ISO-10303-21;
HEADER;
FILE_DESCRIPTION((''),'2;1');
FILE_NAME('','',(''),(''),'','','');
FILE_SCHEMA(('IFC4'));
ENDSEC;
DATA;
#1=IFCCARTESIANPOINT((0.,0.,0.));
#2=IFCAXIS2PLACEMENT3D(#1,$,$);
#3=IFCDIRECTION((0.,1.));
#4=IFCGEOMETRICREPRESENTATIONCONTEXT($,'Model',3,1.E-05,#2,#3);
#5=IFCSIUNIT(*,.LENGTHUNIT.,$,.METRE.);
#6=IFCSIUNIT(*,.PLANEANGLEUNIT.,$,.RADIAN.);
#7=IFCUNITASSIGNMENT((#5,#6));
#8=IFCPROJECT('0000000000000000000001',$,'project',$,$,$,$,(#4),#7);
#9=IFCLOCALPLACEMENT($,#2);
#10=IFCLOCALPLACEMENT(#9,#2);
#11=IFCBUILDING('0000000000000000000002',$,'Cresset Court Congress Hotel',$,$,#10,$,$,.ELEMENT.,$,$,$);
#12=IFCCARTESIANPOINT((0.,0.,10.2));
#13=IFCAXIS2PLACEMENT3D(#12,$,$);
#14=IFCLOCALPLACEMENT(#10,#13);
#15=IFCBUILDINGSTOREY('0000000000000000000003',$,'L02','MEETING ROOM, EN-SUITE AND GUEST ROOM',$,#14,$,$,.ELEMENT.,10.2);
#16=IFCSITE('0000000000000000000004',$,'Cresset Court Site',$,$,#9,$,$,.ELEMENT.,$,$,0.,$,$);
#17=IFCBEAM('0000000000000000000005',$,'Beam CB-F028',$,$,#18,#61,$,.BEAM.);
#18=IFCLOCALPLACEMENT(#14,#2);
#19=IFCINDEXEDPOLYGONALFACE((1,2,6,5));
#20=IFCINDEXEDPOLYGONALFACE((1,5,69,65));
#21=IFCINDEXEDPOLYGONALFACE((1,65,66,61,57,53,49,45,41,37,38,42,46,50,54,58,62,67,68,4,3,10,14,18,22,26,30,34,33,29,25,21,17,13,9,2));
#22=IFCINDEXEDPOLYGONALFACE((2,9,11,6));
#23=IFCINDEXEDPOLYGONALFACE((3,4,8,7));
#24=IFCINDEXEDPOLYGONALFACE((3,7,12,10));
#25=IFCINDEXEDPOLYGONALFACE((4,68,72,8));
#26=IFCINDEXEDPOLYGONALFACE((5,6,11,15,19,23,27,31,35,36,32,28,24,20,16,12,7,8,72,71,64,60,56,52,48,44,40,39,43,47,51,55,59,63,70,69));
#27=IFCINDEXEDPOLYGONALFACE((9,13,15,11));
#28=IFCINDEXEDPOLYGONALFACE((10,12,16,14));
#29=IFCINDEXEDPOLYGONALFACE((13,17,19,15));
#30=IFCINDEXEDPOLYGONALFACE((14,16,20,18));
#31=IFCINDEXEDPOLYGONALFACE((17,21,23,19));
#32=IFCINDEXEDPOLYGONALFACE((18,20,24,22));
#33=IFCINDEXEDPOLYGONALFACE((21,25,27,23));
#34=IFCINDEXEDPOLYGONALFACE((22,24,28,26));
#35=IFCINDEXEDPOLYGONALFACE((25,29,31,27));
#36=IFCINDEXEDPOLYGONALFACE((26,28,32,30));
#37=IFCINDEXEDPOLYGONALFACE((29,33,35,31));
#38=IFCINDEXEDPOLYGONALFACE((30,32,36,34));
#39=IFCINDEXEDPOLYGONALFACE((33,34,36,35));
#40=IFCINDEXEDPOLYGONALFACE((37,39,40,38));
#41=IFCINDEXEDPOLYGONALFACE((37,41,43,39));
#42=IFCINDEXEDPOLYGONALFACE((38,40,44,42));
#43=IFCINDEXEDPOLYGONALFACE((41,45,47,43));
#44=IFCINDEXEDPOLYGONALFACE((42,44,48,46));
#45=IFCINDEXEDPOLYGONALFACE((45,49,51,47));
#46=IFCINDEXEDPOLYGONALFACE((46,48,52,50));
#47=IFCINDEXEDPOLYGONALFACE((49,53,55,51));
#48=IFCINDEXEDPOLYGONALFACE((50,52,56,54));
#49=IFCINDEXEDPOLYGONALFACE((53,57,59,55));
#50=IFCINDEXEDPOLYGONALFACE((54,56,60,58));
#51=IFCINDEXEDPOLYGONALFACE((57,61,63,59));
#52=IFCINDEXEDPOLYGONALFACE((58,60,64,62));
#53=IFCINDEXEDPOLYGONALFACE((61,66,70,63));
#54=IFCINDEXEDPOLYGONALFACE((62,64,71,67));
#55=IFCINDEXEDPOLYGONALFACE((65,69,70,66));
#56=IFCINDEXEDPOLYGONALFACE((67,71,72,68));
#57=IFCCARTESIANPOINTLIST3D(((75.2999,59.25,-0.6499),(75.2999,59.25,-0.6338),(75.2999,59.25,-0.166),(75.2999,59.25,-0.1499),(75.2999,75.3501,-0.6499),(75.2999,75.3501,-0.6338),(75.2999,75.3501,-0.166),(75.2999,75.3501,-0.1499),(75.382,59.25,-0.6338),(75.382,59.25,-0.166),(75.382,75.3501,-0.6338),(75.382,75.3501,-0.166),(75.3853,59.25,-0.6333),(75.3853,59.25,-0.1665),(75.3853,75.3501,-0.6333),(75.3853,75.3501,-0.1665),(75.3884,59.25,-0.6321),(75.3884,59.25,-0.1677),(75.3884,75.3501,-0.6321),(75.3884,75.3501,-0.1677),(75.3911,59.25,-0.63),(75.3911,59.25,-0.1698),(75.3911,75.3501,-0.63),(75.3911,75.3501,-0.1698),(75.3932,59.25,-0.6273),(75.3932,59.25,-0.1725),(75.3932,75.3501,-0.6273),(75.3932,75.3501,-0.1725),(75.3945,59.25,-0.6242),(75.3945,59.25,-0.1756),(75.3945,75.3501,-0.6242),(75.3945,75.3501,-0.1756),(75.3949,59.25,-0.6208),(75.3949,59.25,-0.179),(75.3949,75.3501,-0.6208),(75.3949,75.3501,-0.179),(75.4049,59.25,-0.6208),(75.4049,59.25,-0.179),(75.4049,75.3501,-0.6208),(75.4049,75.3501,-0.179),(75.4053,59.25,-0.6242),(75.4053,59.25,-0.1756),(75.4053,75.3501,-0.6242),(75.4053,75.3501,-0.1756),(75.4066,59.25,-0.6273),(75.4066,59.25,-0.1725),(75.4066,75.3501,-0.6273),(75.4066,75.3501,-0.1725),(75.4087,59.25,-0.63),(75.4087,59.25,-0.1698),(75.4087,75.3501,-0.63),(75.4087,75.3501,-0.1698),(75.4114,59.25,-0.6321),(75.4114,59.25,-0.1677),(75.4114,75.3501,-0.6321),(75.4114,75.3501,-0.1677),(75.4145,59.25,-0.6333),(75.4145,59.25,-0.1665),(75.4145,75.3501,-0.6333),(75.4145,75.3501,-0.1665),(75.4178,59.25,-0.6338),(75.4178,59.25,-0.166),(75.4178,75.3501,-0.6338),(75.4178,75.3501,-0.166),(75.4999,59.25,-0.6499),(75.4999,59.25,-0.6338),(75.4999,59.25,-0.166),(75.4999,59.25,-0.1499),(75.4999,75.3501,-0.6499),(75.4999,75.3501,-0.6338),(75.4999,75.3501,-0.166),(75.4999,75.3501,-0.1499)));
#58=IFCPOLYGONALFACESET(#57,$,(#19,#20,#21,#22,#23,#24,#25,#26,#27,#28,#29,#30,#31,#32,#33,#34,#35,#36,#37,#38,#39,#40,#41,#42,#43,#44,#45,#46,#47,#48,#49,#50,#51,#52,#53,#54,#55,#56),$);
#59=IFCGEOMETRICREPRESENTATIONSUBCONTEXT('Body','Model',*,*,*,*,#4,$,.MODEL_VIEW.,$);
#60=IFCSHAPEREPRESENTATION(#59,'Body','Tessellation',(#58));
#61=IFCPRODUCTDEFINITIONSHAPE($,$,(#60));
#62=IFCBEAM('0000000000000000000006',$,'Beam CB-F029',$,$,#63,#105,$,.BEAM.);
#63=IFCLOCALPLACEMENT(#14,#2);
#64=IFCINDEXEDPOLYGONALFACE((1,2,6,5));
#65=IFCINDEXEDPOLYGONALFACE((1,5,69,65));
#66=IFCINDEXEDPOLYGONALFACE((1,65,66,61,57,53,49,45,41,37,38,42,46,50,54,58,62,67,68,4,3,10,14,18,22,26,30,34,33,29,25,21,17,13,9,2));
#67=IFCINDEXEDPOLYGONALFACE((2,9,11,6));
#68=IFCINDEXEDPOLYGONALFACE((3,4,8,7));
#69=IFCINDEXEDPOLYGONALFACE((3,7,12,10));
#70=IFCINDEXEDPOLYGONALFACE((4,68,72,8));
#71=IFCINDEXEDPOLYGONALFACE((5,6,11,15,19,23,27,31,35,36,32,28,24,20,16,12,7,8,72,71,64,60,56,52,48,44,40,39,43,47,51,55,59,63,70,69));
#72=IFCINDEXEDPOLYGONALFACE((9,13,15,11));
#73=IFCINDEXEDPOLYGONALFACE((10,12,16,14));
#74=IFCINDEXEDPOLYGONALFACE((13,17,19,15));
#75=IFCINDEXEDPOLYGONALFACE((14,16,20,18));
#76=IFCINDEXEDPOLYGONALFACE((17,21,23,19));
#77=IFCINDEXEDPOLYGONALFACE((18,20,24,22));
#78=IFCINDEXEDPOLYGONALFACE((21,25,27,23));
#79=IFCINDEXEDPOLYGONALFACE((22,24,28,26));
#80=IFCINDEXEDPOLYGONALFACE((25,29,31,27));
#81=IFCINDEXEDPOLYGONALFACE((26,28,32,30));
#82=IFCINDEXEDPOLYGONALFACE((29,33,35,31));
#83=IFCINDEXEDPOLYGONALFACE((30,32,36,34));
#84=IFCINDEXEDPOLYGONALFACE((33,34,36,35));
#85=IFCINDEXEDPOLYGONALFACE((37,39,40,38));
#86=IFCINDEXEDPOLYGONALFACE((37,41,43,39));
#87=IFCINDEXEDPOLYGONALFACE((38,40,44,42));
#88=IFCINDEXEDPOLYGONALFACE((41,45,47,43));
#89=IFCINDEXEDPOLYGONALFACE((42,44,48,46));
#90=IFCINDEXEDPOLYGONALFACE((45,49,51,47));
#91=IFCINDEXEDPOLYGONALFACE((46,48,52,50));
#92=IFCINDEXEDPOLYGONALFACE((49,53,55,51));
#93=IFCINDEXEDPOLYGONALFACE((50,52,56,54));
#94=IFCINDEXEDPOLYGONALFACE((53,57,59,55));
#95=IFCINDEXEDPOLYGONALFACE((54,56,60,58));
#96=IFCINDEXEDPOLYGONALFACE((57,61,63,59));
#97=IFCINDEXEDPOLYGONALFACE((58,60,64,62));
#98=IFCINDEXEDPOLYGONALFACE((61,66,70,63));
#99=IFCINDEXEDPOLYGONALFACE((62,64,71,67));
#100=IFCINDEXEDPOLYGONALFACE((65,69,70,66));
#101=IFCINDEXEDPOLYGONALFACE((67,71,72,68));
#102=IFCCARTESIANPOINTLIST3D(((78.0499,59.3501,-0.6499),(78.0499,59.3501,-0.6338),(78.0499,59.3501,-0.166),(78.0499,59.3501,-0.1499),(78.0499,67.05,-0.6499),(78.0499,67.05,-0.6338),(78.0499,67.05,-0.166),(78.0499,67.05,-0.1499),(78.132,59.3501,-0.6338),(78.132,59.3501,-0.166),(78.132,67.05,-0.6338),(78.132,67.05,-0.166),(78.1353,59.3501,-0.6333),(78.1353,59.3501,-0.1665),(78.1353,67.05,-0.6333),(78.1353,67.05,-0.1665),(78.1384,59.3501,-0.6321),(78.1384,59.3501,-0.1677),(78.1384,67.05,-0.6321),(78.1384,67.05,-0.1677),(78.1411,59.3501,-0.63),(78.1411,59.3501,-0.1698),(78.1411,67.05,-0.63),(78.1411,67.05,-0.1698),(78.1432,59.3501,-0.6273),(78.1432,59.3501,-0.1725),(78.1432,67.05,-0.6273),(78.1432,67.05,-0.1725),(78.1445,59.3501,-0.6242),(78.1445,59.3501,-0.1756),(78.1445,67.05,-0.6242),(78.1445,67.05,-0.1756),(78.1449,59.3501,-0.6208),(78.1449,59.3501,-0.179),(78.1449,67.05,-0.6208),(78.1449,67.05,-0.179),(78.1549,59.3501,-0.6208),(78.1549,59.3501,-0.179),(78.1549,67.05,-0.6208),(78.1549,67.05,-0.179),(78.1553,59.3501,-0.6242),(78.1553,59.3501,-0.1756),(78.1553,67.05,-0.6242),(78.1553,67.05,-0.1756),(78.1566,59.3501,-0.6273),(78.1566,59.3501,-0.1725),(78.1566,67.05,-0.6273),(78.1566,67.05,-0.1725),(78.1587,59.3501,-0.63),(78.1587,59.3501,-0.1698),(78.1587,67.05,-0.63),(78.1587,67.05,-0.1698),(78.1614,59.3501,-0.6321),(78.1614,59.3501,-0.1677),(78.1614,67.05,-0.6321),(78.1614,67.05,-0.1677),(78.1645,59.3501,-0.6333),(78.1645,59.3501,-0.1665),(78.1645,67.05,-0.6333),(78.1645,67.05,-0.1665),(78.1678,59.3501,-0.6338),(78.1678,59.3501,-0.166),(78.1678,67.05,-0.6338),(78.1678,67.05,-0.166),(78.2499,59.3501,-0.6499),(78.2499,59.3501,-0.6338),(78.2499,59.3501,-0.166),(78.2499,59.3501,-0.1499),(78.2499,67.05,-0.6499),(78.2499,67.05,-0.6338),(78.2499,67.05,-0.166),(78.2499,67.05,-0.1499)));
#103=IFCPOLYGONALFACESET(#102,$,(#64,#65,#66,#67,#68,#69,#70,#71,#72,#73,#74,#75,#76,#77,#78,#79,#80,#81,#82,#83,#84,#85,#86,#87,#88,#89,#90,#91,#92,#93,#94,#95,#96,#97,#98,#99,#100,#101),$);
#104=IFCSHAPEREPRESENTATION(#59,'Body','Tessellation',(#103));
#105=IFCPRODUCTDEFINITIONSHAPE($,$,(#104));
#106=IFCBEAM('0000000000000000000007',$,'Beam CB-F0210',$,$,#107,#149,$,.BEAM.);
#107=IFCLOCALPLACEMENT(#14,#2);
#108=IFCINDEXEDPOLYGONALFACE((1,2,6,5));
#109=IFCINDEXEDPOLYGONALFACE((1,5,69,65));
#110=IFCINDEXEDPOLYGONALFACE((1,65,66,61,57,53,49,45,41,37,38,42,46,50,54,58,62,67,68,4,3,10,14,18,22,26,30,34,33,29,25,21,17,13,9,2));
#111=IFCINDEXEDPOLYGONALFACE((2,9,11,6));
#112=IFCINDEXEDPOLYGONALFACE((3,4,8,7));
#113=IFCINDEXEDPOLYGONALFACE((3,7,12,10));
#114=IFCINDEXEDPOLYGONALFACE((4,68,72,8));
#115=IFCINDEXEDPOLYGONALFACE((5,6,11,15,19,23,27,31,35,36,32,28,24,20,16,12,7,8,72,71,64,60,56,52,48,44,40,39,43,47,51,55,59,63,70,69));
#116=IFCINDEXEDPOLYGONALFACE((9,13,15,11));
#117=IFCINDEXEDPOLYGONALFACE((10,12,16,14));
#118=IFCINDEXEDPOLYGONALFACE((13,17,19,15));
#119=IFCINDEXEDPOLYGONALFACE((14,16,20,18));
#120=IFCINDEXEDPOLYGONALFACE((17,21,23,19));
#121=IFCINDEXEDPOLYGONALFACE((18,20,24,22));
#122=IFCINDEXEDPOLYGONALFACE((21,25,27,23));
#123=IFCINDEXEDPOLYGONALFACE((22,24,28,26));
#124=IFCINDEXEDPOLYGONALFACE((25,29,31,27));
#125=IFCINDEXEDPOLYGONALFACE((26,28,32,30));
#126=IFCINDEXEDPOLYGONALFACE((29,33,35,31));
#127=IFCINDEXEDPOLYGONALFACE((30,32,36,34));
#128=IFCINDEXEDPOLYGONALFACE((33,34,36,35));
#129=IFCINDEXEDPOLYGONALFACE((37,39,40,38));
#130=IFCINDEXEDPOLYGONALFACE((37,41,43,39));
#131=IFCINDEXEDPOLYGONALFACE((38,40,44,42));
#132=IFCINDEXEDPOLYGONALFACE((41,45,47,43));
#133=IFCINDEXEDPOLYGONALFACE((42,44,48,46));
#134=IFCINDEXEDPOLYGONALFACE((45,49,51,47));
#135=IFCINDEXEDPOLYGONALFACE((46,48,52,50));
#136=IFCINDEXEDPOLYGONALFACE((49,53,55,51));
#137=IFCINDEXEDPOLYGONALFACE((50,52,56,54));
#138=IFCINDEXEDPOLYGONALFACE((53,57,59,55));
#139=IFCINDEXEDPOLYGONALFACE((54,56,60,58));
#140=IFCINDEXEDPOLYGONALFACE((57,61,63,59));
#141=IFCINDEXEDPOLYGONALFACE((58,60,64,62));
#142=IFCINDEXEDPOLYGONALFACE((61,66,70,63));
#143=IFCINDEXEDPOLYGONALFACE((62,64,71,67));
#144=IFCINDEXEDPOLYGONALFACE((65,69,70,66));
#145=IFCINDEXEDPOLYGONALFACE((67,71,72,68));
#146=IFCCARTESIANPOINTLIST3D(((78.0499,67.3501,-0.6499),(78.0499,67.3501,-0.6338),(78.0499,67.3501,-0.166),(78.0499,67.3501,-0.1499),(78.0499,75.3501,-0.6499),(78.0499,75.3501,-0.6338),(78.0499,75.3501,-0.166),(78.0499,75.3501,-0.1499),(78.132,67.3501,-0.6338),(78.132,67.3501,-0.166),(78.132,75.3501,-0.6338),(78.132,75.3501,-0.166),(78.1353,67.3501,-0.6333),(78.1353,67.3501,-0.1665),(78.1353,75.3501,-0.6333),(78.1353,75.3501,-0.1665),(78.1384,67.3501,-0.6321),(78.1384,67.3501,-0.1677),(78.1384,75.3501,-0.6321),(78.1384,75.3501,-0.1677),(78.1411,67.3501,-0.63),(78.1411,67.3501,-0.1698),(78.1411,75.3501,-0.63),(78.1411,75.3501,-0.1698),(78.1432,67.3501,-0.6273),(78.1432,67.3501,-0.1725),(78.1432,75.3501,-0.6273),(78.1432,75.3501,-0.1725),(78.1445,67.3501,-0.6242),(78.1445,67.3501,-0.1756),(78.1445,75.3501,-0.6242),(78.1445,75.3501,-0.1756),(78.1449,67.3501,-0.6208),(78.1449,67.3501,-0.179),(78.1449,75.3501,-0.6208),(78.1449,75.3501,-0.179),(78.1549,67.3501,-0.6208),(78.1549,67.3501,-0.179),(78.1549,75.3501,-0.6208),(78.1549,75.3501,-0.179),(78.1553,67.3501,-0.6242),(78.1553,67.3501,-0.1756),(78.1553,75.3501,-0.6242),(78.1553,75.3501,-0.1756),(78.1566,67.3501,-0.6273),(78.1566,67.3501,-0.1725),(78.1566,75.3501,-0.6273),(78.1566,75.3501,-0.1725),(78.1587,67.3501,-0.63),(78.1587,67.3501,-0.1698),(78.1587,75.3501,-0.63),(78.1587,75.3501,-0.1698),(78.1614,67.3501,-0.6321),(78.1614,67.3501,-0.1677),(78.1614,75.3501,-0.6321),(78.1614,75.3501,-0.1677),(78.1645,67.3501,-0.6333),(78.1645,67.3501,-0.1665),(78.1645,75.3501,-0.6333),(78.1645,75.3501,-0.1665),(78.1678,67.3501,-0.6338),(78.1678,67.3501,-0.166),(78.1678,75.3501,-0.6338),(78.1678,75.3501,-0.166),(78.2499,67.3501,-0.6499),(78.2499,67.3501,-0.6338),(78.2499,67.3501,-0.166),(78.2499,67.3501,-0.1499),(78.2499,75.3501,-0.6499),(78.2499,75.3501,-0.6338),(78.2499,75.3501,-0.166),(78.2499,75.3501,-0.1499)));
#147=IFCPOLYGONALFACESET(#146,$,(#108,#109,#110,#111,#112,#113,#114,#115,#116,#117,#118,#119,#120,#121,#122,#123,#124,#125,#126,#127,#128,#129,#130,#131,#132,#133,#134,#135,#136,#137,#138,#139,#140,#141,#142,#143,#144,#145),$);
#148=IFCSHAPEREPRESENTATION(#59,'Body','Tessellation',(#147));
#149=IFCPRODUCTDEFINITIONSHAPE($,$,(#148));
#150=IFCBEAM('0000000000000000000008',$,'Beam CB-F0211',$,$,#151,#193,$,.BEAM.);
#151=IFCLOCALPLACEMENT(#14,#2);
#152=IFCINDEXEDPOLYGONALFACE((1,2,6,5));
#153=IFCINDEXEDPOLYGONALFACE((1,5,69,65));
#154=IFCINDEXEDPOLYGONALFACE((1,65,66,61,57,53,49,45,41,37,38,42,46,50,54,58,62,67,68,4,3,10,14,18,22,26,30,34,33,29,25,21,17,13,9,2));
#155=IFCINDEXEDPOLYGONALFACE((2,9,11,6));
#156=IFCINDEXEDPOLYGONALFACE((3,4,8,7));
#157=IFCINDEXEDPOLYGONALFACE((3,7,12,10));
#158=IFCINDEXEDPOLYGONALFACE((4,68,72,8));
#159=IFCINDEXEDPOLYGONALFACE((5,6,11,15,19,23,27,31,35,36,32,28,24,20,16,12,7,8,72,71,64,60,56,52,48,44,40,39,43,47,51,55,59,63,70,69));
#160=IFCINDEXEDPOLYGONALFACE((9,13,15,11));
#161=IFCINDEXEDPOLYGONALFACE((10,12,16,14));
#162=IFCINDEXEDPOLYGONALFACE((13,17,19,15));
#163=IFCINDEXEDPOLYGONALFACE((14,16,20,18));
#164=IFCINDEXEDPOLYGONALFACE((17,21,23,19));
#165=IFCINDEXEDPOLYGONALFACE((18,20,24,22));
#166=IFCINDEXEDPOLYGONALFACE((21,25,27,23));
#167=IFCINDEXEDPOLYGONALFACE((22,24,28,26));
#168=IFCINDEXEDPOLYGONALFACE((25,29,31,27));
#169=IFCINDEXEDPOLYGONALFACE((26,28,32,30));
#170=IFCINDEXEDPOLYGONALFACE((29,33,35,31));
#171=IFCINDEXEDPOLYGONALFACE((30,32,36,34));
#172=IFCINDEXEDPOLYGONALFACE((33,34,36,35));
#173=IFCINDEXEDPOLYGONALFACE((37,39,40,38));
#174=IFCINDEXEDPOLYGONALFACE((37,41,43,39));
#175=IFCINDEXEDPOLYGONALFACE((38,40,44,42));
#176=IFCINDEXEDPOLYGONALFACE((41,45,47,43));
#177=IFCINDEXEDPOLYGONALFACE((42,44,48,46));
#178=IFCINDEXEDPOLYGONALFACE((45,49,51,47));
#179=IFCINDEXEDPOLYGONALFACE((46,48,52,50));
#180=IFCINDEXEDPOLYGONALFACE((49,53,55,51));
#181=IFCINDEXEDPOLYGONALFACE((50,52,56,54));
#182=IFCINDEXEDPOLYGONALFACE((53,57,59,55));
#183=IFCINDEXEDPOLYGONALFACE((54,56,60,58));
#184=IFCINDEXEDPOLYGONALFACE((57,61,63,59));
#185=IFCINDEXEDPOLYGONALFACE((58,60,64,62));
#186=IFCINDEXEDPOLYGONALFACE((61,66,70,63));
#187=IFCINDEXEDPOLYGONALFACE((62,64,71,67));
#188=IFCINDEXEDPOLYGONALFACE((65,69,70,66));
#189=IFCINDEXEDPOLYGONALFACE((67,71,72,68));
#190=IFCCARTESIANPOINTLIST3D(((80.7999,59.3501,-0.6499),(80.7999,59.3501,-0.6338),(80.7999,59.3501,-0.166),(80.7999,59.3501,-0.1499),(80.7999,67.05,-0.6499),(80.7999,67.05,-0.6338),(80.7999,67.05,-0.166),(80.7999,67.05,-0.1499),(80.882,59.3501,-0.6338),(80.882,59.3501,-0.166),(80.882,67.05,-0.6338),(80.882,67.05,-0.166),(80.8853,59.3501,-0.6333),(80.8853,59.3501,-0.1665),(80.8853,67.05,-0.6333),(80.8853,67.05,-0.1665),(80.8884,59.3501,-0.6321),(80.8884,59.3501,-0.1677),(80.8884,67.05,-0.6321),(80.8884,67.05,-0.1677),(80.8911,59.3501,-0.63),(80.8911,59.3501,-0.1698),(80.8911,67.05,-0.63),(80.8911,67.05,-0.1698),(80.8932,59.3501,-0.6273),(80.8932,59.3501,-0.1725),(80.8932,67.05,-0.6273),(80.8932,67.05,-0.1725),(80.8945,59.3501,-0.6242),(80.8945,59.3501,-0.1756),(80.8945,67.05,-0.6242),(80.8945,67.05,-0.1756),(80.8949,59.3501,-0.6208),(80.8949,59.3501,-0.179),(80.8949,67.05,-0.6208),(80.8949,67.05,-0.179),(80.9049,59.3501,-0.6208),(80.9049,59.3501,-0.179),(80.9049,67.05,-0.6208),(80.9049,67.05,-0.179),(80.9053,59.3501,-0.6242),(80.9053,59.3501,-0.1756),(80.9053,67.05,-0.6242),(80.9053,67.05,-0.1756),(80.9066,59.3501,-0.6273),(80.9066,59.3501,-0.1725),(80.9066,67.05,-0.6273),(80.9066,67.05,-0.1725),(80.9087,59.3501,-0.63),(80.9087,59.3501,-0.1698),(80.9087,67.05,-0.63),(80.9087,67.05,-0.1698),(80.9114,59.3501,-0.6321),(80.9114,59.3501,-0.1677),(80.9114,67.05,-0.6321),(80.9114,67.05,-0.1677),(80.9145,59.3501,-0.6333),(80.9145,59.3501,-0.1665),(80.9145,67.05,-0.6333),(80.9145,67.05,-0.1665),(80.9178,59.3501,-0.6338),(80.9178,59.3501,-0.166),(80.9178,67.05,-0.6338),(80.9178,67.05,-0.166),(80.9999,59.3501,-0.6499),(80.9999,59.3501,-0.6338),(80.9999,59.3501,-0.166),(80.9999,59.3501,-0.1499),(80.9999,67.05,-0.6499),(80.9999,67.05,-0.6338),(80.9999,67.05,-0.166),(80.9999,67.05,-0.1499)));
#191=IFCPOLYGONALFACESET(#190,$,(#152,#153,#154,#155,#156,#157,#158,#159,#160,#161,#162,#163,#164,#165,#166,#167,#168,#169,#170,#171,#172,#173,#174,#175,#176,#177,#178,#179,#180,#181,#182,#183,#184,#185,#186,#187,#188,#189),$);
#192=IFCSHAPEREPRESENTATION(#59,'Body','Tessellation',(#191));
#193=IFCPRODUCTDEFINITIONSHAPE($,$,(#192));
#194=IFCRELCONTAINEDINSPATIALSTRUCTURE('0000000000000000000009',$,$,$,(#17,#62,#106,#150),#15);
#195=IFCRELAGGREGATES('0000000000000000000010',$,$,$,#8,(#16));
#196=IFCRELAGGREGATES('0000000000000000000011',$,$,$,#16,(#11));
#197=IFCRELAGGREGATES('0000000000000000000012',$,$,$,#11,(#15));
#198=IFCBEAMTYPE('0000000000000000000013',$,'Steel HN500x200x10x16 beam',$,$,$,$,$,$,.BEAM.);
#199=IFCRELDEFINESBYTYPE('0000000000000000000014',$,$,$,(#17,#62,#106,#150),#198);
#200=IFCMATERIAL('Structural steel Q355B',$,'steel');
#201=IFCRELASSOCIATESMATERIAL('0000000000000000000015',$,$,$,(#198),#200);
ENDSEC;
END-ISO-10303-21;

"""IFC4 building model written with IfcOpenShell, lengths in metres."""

from ifc_helpers import new_model, si_unit, direction, frame, origin, origin_2d, place, context, subcontext, project, spatial, i_section, extrude, material, material_profile, profile_set, type_object, element, save


model = new_model("IFC4")

# Units and contexts
model_context = context("Model", 3, precision=1e-05, world=origin(), true_north=direction((0.0, 1.0)))
body_context = subcontext(model_context, "Body", "Model", "MODEL_VIEW")
ifc_project = project(units=[si_unit("LENGTHUNIT", "METRE"), si_unit("PLANEANGLEUNIT", "RADIAN")], contexts=[model_context])

# Site, building, storey
site_placement = place(None, origin())
site = spatial("IfcSite", under=ifc_project, at=site_placement, Name="Cresset Court Site", CompositionType="ELEMENT", RefElevation=0.0)
building_placement = place(site_placement, origin())
building = spatial("IfcBuilding", under=site, at=building_placement, Name="Cresset Court Congress Hotel", CompositionType="ELEMENT")
storey_placement = place(building_placement, frame((0.0, 0.0, 10.2)))
storey = spatial("IfcBuildingStorey", under=building, at=storey_placement, Name="L02", Description="MEETING ROOM, EN-SUITE AND GUEST ROOM", CompositionType="ELEMENT", Elevation=10.2)

# Beams
ifc_material_1 = material(Name="Structural steel Q355B", Category="steel")
ifc_material_profile_1 = material_profile(ifc_material_1, i_section(OverallWidth=0.2, OverallDepth=0.5, WebThickness=0.01, FlangeThickness=0.0161, FilletRadius=0.0129, at=origin_2d()), Name="HN500x200x10x16")
ifc_profile_set_1 = profile_set([ifc_material_profile_1], Name="Structural steel Q355B")
beam_type_1 = type_object("IfcBeamType", Name="Steel HN500x200x10x16 beam", PredefinedType="BEAM", material=ifc_profile_set_1)
beam_1_placement = place(storey_placement, frame((75.3999, 59.25, -0.3999), z_axis=(0.0, 1.0, 0.0), x_axis=(-1.0, 0.0, 0.0)))
element("IfcBeam", 1, at=beam_1_placement, inside=storey, type_object=beam_type_1, Name="Beam CB-F028", PredefinedType="BEAM", context=body_context, shape_type="SweptSolid", body=[
    extrude(i_section(OverallWidth=0.2, OverallDepth=0.5, WebThickness=0.01, FlangeThickness=0.0161, FilletRadius=0.0129, at=origin_2d()), origin(), (0.0, 0.0, 1.0), 16.1001),
])
beam_2_placement = place(storey_placement, frame((78.1499, 59.3501, -0.3999), z_axis=(0.0, 1.0, 0.0), x_axis=(-1.0, 0.0, 0.0)))
element("IfcBeam", 2, at=beam_2_placement, inside=storey, type_object=beam_type_1, Name="Beam CB-F029", PredefinedType="BEAM", context=body_context, shape_type="SweptSolid", body=[
    extrude(i_section(OverallWidth=0.2, OverallDepth=0.5, WebThickness=0.01, FlangeThickness=0.0161, FilletRadius=0.0129, at=origin_2d()), origin(), (0.0, 0.0, 1.0), 7.7),
])
beam_3_placement = place(storey_placement, frame((78.1499, 67.3501, -0.3999), z_axis=(0.0, 1.0, 0.0), x_axis=(-1.0, 0.0, 0.0)))
element("IfcBeam", 3, at=beam_3_placement, inside=storey, type_object=beam_type_1, Name="Beam CB-F0210", PredefinedType="BEAM", context=body_context, shape_type="SweptSolid", body=[
    extrude(i_section(OverallWidth=0.2, OverallDepth=0.5, WebThickness=0.01, FlangeThickness=0.0161, FilletRadius=0.0129, at=origin_2d()), origin(), (0.0, 0.0, 1.0), 8.0),
])
beam_4_placement = place(storey_placement, frame((80.8999, 59.3501, -0.3999), z_axis=(0.0, 1.0, 0.0), x_axis=(-1.0, 0.0, 0.0)))
element("IfcBeam", 4, at=beam_4_placement, inside=storey, type_object=beam_type_1, Name="Beam CB-F0211", PredefinedType="BEAM", context=body_context, shape_type="SweptSolid", body=[
    extrude(i_section(OverallWidth=0.2, OverallDepth=0.5, WebThickness=0.01, FlangeThickness=0.0161, FilletRadius=0.0129, at=origin_2d()), origin(), (0.0, 0.0, 1.0), 7.7),
])

save(model, "model.ifc")
